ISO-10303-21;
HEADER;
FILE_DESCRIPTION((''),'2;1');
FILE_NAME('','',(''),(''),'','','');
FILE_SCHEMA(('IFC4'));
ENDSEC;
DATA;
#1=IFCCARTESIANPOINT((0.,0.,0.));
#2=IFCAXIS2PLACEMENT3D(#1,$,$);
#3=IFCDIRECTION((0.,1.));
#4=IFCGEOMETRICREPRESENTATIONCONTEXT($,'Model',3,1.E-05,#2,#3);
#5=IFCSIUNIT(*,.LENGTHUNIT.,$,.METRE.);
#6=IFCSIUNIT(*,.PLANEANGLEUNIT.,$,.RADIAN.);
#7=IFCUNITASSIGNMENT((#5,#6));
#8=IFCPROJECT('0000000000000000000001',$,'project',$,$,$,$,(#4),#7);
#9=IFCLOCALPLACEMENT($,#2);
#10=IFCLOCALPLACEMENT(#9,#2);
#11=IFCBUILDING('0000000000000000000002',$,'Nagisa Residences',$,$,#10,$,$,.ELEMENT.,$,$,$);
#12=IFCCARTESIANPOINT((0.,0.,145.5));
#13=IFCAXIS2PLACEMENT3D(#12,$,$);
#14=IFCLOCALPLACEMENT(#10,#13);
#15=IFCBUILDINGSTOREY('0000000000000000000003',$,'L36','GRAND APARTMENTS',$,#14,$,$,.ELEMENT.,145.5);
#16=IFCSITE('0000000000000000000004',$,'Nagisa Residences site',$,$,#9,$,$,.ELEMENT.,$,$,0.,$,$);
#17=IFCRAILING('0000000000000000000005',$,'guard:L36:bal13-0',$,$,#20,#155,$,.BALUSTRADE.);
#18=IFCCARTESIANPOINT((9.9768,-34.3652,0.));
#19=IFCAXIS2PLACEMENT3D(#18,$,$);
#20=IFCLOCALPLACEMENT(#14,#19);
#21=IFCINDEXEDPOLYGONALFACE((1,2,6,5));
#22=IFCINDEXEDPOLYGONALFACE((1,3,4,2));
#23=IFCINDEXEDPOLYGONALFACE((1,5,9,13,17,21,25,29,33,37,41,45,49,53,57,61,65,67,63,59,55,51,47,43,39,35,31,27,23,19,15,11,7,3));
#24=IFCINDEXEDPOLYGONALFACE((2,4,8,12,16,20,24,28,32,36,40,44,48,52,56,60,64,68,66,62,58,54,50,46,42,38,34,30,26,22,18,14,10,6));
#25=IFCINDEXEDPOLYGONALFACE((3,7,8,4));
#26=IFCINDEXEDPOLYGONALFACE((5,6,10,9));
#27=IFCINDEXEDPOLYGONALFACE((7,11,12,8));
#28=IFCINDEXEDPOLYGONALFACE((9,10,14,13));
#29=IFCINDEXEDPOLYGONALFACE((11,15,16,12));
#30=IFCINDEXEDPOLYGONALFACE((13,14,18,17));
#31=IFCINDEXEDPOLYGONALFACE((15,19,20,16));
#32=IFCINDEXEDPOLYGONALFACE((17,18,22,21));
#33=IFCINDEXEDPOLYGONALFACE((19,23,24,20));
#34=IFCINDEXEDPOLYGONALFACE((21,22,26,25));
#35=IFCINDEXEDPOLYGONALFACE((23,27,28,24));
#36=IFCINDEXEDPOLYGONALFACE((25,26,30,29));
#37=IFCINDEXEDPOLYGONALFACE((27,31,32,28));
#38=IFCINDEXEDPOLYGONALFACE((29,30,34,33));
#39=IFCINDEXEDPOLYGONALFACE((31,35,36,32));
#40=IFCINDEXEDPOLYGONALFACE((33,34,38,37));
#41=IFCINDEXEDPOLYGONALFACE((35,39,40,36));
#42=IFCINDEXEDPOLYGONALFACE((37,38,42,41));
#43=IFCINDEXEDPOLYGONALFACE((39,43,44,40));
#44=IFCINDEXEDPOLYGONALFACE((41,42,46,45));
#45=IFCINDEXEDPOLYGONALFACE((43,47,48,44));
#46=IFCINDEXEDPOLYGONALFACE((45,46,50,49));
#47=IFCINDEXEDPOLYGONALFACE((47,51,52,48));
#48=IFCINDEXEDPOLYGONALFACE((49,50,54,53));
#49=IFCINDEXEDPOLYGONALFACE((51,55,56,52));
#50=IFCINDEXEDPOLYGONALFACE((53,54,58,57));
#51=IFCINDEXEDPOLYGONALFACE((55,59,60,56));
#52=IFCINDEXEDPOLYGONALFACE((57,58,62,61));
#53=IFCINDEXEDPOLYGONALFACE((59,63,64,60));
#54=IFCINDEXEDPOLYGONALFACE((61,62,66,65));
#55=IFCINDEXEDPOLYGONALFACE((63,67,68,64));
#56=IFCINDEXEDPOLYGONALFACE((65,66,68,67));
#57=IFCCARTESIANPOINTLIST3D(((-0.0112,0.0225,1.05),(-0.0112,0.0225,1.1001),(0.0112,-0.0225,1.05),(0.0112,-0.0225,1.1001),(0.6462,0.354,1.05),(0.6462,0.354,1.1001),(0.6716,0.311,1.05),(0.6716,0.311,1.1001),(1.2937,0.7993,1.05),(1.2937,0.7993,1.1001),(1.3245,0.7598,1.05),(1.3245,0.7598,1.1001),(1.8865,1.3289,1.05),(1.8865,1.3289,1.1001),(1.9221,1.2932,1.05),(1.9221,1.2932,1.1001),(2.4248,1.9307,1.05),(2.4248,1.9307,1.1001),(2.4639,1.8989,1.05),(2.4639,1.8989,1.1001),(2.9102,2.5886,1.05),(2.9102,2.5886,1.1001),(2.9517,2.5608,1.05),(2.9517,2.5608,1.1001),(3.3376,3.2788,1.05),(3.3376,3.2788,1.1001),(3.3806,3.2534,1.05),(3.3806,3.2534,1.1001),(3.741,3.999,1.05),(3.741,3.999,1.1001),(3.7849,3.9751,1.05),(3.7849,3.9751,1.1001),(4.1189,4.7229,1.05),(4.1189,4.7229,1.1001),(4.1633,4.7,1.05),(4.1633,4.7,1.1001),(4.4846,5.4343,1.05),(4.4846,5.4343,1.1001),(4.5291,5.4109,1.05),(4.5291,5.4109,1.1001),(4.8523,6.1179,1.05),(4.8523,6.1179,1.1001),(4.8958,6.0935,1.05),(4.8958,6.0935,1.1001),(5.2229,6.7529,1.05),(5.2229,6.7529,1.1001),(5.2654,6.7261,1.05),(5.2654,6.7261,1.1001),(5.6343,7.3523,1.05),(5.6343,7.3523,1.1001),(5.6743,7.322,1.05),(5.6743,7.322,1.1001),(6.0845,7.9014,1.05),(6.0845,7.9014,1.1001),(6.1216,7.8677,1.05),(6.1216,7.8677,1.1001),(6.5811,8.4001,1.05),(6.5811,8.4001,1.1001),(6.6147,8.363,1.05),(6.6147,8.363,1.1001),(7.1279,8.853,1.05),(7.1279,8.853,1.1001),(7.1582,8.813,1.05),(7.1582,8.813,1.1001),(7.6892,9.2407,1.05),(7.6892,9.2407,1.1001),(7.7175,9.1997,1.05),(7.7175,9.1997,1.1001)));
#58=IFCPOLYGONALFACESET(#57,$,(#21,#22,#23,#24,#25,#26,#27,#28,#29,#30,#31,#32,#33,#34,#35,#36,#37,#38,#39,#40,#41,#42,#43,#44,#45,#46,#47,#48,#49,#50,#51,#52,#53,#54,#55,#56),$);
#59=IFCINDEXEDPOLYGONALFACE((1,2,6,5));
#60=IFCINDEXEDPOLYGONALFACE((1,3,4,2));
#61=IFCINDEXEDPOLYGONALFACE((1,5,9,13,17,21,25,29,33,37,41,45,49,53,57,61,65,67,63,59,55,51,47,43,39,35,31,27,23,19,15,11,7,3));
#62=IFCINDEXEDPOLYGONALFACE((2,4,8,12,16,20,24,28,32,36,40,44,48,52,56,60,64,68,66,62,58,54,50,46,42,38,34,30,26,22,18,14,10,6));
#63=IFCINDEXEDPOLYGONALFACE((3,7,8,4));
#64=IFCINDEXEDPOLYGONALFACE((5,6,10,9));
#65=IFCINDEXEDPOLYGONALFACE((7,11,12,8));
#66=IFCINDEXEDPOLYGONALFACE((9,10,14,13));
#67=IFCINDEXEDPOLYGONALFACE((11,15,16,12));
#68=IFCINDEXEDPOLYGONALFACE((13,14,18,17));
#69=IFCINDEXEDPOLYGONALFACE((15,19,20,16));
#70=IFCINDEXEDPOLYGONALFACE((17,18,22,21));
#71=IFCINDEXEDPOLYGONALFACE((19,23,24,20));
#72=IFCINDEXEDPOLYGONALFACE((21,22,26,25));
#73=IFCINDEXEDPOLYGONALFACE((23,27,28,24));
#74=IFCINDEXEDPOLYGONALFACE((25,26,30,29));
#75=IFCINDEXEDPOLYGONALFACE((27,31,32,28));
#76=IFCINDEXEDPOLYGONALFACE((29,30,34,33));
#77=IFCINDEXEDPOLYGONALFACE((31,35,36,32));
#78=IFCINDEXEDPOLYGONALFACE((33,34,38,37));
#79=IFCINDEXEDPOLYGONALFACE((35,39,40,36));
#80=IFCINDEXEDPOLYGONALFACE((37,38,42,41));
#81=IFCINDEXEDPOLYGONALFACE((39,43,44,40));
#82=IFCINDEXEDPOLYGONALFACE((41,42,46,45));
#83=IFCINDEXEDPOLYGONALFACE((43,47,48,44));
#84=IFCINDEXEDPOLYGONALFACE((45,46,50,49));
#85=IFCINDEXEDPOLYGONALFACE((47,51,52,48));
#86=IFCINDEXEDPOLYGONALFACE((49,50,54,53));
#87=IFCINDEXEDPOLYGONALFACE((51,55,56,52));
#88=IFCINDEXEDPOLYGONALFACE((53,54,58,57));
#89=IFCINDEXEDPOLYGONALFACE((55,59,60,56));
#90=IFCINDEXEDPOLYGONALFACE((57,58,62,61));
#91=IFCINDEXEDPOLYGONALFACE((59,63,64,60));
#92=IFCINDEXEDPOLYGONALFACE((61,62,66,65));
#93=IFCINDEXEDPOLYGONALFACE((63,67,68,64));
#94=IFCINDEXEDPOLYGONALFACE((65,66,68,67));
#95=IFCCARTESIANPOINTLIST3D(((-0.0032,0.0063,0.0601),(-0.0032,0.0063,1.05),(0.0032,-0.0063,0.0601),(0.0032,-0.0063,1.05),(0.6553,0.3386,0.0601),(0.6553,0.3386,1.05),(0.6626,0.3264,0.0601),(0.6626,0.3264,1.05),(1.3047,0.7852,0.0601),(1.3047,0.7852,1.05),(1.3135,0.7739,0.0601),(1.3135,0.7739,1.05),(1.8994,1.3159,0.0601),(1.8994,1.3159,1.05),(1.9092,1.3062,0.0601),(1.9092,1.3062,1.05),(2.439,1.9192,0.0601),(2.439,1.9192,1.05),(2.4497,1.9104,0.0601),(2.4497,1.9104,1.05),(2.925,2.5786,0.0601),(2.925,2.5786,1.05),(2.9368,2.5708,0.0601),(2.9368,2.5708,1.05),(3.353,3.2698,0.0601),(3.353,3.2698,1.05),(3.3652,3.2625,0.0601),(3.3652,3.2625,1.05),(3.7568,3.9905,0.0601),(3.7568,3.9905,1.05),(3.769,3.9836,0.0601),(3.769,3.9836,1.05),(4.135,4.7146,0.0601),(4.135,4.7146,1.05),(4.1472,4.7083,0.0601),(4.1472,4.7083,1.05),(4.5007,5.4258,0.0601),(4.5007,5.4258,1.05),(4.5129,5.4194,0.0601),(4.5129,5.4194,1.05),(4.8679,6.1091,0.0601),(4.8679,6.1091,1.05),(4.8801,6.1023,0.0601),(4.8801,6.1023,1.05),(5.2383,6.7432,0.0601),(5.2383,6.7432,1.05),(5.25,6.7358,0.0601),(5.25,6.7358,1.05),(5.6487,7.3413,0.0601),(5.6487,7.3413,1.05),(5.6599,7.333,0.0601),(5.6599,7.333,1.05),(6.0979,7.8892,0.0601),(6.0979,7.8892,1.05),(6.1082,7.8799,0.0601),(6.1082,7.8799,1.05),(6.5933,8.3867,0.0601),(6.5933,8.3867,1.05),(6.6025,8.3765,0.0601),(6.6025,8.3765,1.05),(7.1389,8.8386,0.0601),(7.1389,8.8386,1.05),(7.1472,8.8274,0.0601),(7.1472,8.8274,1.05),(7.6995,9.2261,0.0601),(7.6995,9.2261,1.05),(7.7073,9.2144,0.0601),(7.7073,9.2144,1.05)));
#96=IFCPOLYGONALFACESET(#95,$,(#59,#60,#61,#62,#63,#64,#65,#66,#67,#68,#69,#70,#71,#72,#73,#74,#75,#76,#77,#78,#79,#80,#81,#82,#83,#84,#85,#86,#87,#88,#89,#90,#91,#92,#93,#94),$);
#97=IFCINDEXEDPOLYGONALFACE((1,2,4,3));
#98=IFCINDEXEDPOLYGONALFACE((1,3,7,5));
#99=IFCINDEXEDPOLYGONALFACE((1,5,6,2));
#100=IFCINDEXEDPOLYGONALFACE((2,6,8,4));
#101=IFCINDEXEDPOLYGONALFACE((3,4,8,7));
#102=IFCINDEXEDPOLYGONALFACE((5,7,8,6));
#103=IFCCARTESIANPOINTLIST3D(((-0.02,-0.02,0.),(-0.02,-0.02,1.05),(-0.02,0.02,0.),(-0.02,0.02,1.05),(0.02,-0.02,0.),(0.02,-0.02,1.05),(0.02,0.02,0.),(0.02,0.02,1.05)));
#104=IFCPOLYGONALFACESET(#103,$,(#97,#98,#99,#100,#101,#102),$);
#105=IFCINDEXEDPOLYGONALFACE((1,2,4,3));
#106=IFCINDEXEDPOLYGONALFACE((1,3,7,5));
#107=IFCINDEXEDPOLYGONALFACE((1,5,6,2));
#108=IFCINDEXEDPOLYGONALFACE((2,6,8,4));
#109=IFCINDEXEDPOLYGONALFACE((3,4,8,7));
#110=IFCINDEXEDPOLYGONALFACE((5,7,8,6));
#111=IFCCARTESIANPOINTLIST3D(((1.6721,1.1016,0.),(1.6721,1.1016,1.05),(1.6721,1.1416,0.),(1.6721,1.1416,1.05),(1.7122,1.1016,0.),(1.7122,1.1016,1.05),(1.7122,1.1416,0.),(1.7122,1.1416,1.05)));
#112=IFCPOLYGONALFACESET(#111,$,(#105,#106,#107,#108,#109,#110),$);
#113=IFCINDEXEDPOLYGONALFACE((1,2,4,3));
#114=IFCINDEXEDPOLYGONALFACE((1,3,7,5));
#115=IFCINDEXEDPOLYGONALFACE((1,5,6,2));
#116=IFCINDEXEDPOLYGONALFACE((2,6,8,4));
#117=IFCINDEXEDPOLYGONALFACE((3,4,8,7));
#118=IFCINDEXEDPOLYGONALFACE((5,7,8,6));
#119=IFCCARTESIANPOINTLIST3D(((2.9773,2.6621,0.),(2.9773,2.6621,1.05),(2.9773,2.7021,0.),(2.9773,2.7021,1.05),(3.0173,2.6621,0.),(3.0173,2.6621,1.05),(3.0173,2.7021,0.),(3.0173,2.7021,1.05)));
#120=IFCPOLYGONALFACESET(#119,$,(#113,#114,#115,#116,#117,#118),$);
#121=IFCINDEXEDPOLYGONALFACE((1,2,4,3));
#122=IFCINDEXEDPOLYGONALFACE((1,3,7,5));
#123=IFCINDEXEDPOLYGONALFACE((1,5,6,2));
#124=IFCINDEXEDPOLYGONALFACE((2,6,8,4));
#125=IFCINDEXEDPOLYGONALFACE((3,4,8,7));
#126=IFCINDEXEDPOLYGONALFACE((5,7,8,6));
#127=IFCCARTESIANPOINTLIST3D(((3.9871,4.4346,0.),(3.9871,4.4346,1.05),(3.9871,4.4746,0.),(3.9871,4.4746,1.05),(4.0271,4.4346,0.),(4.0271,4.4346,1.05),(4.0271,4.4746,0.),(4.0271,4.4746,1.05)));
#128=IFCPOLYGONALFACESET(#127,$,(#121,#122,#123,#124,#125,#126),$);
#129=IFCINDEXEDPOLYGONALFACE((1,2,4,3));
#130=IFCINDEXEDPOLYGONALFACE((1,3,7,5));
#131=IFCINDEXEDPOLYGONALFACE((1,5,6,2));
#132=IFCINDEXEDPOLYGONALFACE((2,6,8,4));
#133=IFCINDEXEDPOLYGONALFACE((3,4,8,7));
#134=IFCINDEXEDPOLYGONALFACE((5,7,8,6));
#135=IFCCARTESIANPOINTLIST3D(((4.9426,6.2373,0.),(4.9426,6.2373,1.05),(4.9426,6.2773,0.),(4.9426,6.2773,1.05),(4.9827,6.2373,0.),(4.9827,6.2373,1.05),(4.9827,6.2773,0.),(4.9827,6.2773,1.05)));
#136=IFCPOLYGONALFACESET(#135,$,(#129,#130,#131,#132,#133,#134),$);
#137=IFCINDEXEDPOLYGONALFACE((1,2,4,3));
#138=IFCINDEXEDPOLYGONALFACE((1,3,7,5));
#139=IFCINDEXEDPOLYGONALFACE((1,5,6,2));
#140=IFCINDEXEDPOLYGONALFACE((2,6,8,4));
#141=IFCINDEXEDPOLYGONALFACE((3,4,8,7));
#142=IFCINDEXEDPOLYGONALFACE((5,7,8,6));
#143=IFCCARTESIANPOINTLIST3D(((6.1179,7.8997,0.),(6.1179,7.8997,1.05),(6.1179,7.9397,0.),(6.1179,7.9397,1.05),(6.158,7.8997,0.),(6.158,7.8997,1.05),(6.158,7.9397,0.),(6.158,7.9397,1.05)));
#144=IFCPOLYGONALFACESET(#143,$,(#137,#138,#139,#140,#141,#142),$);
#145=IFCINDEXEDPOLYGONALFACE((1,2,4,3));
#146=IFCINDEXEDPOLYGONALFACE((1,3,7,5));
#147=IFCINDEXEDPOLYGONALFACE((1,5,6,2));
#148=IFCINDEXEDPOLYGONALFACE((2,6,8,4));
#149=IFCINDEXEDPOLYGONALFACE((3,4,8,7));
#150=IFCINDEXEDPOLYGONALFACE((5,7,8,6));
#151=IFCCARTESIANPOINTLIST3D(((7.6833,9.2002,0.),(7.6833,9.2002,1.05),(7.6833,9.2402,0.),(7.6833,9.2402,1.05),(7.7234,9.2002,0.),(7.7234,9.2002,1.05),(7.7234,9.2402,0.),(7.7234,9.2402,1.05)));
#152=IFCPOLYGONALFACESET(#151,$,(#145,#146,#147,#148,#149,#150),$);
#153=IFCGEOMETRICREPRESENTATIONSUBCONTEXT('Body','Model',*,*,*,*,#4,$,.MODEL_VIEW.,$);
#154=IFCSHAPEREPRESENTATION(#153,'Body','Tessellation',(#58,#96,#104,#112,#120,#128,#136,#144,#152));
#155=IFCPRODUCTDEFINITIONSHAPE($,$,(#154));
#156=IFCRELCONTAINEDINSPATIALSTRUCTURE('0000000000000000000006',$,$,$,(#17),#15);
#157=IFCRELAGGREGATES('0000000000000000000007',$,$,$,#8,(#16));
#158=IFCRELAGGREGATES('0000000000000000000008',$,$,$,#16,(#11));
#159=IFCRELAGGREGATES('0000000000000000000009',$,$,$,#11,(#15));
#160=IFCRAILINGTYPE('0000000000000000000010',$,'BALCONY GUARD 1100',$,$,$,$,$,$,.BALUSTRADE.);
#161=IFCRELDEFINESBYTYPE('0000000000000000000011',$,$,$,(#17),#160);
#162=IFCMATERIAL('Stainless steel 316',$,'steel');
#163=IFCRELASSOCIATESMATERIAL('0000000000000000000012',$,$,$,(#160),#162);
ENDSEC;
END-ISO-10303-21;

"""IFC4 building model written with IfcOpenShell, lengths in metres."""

from ifc_helpers import new_model, si_unit, direction, frame, origin, origin_2d, place, context, subcontext, project, spatial, polyline, rectangle, outline, extrude, material, type_object, element, save


model = new_model("IFC4")

# Units and contexts
model_context = context("Model", 3, precision=1e-05, world=origin(), true_north=direction((0.0, 1.0)))
body_context = subcontext(model_context, "Body", "Model", "MODEL_VIEW")
ifc_project = project(units=[si_unit("LENGTHUNIT", "METRE"), si_unit("PLANEANGLEUNIT", "RADIAN")], contexts=[model_context])

# Site, building, storey
site_placement = place(None, origin())
site = spatial("IfcSite", under=ifc_project, at=site_placement, Name="Nagisa Residences site", CompositionType="ELEMENT", RefElevation=0.0)
building_placement = place(site_placement, origin())
building = spatial("IfcBuilding", under=site, at=building_placement, Name="Nagisa Residences", CompositionType="ELEMENT")
storey_placement = place(building_placement, frame((0.0, 0.0, 145.5)))
storey = spatial("IfcBuildingStorey", under=building, at=storey_placement, Name="L36", Description="GRAND APARTMENTS", CompositionType="ELEMENT", Elevation=145.5)

# Railing
ifc_material_1 = material(Name="Stainless steel 316", Category="steel")
railing_type = type_object("IfcRailingType", Name="BALCONY GUARD 1100", PredefinedType="BALUSTRADE", material=ifc_material_1)
railing_placement = place(storey_placement, frame((9.9768, -34.3652, 0.0)))
element("IfcRailing", 1, at=railing_placement, inside=storey, type_object=railing_type, Name="guard:L36:bal13-0", PredefinedType="BALUSTRADE", context=body_context, shape_type="SweptSolid", body=[
    extrude(outline(polyline([(0.6462, 0.354), (-0.0112, 0.0225), (0.0112, -0.0225), (0.6716, 0.311), (1.3245, 0.7598), (1.9221, 1.2932), (2.4639, 1.8989), (2.9517, 2.5608), (3.3806, 3.2534), (3.7849, 3.9751), (4.1633, 4.7), (4.5291, 5.4109), (4.8958, 6.0935), (5.2654, 6.7261), (5.6743, 7.322), (6.1216, 7.8677), (6.6147, 8.363), (7.1582, 8.813), (7.7175, 9.1997), (7.6892, 9.2407), (7.1279, 8.853), (6.5811, 8.4001), (6.0845, 7.9014), (5.6343, 7.3523), (5.2229, 6.7529), (4.8523, 6.1179), (4.4846, 5.4343), (4.1189, 4.7229), (3.741, 3.999), (3.3376, 3.2788), (2.9102, 2.5886), (2.4248, 1.9307), (1.8865, 1.3289), (1.2937, 0.7993), (0.6462, 0.354)])), frame((0.0, 0.0, 1.05)), (0.0, 0.0, 1.0), 0.05),
    extrude(outline(polyline([(0.6553, 0.3386), (-0.0032, 0.0063), (0.0032, -0.0063), (0.6626, 0.3264), (1.3135, 0.7739), (1.9092, 1.3062), (2.4497, 1.9104), (2.9368, 2.5708), (3.3652, 3.2625), (3.769, 3.9836), (4.1472, 4.7083), (4.5129, 5.4194), (4.8801, 6.1023), (5.25, 6.7358), (5.6599, 7.333), (6.1082, 7.8799), (6.6025, 8.3765), (7.1472, 8.8274), (7.7073, 9.2144), (7.6995, 9.2261), (7.1389, 8.8386), (6.5933, 8.3867), (6.0979, 7.8892), (5.6487, 7.3413), (5.2383, 6.7432), (4.8679, 6.1091), (4.5007, 5.4258), (4.135, 4.7146), (3.7568, 3.9905), (3.353, 3.2698), (2.925, 2.5786), (2.439, 1.9192), (1.8994, 1.3159), (1.3047, 0.7852), (0.6553, 0.3386)])), frame((0.0, 0.0, 0.0601)), (0.0, 0.0, 1.0), 0.99),
    extrude(rectangle(XDim=0.04, YDim=0.04, at=origin_2d()), origin(), (0.0, 0.0, 1.0), 1.05),
    extrude(rectangle(XDim=0.04, YDim=0.04, at=origin_2d()), frame((1.6921, 1.1216, 0.0)), (0.0, 0.0, 1.0), 1.05),
    extrude(rectangle(XDim=0.04, YDim=0.04, at=origin_2d()), frame((2.9973, 2.6821, 0.0)), (0.0, 0.0, 1.0), 1.05),
    extrude(rectangle(XDim=0.04, YDim=0.04, at=origin_2d()), frame((4.0071, 4.4546, 0.0)), (0.0, 0.0, 1.0), 1.05),
    extrude(rectangle(XDim=0.04, YDim=0.04, at=origin_2d()), frame((4.9626, 6.2573, 0.0)), (0.0, 0.0, 1.0), 1.05),
    extrude(rectangle(XDim=0.04, YDim=0.04, at=origin_2d()), frame((6.1379, 7.9197, 0.0)), (0.0, 0.0, 1.0), 1.05),
    extrude(rectangle(XDim=0.04, YDim=0.04, at=origin_2d()), frame((7.7034, 9.2202, 0.0)), (0.0, 0.0, 1.0), 1.05),
])

save(model, "model.ifc")
